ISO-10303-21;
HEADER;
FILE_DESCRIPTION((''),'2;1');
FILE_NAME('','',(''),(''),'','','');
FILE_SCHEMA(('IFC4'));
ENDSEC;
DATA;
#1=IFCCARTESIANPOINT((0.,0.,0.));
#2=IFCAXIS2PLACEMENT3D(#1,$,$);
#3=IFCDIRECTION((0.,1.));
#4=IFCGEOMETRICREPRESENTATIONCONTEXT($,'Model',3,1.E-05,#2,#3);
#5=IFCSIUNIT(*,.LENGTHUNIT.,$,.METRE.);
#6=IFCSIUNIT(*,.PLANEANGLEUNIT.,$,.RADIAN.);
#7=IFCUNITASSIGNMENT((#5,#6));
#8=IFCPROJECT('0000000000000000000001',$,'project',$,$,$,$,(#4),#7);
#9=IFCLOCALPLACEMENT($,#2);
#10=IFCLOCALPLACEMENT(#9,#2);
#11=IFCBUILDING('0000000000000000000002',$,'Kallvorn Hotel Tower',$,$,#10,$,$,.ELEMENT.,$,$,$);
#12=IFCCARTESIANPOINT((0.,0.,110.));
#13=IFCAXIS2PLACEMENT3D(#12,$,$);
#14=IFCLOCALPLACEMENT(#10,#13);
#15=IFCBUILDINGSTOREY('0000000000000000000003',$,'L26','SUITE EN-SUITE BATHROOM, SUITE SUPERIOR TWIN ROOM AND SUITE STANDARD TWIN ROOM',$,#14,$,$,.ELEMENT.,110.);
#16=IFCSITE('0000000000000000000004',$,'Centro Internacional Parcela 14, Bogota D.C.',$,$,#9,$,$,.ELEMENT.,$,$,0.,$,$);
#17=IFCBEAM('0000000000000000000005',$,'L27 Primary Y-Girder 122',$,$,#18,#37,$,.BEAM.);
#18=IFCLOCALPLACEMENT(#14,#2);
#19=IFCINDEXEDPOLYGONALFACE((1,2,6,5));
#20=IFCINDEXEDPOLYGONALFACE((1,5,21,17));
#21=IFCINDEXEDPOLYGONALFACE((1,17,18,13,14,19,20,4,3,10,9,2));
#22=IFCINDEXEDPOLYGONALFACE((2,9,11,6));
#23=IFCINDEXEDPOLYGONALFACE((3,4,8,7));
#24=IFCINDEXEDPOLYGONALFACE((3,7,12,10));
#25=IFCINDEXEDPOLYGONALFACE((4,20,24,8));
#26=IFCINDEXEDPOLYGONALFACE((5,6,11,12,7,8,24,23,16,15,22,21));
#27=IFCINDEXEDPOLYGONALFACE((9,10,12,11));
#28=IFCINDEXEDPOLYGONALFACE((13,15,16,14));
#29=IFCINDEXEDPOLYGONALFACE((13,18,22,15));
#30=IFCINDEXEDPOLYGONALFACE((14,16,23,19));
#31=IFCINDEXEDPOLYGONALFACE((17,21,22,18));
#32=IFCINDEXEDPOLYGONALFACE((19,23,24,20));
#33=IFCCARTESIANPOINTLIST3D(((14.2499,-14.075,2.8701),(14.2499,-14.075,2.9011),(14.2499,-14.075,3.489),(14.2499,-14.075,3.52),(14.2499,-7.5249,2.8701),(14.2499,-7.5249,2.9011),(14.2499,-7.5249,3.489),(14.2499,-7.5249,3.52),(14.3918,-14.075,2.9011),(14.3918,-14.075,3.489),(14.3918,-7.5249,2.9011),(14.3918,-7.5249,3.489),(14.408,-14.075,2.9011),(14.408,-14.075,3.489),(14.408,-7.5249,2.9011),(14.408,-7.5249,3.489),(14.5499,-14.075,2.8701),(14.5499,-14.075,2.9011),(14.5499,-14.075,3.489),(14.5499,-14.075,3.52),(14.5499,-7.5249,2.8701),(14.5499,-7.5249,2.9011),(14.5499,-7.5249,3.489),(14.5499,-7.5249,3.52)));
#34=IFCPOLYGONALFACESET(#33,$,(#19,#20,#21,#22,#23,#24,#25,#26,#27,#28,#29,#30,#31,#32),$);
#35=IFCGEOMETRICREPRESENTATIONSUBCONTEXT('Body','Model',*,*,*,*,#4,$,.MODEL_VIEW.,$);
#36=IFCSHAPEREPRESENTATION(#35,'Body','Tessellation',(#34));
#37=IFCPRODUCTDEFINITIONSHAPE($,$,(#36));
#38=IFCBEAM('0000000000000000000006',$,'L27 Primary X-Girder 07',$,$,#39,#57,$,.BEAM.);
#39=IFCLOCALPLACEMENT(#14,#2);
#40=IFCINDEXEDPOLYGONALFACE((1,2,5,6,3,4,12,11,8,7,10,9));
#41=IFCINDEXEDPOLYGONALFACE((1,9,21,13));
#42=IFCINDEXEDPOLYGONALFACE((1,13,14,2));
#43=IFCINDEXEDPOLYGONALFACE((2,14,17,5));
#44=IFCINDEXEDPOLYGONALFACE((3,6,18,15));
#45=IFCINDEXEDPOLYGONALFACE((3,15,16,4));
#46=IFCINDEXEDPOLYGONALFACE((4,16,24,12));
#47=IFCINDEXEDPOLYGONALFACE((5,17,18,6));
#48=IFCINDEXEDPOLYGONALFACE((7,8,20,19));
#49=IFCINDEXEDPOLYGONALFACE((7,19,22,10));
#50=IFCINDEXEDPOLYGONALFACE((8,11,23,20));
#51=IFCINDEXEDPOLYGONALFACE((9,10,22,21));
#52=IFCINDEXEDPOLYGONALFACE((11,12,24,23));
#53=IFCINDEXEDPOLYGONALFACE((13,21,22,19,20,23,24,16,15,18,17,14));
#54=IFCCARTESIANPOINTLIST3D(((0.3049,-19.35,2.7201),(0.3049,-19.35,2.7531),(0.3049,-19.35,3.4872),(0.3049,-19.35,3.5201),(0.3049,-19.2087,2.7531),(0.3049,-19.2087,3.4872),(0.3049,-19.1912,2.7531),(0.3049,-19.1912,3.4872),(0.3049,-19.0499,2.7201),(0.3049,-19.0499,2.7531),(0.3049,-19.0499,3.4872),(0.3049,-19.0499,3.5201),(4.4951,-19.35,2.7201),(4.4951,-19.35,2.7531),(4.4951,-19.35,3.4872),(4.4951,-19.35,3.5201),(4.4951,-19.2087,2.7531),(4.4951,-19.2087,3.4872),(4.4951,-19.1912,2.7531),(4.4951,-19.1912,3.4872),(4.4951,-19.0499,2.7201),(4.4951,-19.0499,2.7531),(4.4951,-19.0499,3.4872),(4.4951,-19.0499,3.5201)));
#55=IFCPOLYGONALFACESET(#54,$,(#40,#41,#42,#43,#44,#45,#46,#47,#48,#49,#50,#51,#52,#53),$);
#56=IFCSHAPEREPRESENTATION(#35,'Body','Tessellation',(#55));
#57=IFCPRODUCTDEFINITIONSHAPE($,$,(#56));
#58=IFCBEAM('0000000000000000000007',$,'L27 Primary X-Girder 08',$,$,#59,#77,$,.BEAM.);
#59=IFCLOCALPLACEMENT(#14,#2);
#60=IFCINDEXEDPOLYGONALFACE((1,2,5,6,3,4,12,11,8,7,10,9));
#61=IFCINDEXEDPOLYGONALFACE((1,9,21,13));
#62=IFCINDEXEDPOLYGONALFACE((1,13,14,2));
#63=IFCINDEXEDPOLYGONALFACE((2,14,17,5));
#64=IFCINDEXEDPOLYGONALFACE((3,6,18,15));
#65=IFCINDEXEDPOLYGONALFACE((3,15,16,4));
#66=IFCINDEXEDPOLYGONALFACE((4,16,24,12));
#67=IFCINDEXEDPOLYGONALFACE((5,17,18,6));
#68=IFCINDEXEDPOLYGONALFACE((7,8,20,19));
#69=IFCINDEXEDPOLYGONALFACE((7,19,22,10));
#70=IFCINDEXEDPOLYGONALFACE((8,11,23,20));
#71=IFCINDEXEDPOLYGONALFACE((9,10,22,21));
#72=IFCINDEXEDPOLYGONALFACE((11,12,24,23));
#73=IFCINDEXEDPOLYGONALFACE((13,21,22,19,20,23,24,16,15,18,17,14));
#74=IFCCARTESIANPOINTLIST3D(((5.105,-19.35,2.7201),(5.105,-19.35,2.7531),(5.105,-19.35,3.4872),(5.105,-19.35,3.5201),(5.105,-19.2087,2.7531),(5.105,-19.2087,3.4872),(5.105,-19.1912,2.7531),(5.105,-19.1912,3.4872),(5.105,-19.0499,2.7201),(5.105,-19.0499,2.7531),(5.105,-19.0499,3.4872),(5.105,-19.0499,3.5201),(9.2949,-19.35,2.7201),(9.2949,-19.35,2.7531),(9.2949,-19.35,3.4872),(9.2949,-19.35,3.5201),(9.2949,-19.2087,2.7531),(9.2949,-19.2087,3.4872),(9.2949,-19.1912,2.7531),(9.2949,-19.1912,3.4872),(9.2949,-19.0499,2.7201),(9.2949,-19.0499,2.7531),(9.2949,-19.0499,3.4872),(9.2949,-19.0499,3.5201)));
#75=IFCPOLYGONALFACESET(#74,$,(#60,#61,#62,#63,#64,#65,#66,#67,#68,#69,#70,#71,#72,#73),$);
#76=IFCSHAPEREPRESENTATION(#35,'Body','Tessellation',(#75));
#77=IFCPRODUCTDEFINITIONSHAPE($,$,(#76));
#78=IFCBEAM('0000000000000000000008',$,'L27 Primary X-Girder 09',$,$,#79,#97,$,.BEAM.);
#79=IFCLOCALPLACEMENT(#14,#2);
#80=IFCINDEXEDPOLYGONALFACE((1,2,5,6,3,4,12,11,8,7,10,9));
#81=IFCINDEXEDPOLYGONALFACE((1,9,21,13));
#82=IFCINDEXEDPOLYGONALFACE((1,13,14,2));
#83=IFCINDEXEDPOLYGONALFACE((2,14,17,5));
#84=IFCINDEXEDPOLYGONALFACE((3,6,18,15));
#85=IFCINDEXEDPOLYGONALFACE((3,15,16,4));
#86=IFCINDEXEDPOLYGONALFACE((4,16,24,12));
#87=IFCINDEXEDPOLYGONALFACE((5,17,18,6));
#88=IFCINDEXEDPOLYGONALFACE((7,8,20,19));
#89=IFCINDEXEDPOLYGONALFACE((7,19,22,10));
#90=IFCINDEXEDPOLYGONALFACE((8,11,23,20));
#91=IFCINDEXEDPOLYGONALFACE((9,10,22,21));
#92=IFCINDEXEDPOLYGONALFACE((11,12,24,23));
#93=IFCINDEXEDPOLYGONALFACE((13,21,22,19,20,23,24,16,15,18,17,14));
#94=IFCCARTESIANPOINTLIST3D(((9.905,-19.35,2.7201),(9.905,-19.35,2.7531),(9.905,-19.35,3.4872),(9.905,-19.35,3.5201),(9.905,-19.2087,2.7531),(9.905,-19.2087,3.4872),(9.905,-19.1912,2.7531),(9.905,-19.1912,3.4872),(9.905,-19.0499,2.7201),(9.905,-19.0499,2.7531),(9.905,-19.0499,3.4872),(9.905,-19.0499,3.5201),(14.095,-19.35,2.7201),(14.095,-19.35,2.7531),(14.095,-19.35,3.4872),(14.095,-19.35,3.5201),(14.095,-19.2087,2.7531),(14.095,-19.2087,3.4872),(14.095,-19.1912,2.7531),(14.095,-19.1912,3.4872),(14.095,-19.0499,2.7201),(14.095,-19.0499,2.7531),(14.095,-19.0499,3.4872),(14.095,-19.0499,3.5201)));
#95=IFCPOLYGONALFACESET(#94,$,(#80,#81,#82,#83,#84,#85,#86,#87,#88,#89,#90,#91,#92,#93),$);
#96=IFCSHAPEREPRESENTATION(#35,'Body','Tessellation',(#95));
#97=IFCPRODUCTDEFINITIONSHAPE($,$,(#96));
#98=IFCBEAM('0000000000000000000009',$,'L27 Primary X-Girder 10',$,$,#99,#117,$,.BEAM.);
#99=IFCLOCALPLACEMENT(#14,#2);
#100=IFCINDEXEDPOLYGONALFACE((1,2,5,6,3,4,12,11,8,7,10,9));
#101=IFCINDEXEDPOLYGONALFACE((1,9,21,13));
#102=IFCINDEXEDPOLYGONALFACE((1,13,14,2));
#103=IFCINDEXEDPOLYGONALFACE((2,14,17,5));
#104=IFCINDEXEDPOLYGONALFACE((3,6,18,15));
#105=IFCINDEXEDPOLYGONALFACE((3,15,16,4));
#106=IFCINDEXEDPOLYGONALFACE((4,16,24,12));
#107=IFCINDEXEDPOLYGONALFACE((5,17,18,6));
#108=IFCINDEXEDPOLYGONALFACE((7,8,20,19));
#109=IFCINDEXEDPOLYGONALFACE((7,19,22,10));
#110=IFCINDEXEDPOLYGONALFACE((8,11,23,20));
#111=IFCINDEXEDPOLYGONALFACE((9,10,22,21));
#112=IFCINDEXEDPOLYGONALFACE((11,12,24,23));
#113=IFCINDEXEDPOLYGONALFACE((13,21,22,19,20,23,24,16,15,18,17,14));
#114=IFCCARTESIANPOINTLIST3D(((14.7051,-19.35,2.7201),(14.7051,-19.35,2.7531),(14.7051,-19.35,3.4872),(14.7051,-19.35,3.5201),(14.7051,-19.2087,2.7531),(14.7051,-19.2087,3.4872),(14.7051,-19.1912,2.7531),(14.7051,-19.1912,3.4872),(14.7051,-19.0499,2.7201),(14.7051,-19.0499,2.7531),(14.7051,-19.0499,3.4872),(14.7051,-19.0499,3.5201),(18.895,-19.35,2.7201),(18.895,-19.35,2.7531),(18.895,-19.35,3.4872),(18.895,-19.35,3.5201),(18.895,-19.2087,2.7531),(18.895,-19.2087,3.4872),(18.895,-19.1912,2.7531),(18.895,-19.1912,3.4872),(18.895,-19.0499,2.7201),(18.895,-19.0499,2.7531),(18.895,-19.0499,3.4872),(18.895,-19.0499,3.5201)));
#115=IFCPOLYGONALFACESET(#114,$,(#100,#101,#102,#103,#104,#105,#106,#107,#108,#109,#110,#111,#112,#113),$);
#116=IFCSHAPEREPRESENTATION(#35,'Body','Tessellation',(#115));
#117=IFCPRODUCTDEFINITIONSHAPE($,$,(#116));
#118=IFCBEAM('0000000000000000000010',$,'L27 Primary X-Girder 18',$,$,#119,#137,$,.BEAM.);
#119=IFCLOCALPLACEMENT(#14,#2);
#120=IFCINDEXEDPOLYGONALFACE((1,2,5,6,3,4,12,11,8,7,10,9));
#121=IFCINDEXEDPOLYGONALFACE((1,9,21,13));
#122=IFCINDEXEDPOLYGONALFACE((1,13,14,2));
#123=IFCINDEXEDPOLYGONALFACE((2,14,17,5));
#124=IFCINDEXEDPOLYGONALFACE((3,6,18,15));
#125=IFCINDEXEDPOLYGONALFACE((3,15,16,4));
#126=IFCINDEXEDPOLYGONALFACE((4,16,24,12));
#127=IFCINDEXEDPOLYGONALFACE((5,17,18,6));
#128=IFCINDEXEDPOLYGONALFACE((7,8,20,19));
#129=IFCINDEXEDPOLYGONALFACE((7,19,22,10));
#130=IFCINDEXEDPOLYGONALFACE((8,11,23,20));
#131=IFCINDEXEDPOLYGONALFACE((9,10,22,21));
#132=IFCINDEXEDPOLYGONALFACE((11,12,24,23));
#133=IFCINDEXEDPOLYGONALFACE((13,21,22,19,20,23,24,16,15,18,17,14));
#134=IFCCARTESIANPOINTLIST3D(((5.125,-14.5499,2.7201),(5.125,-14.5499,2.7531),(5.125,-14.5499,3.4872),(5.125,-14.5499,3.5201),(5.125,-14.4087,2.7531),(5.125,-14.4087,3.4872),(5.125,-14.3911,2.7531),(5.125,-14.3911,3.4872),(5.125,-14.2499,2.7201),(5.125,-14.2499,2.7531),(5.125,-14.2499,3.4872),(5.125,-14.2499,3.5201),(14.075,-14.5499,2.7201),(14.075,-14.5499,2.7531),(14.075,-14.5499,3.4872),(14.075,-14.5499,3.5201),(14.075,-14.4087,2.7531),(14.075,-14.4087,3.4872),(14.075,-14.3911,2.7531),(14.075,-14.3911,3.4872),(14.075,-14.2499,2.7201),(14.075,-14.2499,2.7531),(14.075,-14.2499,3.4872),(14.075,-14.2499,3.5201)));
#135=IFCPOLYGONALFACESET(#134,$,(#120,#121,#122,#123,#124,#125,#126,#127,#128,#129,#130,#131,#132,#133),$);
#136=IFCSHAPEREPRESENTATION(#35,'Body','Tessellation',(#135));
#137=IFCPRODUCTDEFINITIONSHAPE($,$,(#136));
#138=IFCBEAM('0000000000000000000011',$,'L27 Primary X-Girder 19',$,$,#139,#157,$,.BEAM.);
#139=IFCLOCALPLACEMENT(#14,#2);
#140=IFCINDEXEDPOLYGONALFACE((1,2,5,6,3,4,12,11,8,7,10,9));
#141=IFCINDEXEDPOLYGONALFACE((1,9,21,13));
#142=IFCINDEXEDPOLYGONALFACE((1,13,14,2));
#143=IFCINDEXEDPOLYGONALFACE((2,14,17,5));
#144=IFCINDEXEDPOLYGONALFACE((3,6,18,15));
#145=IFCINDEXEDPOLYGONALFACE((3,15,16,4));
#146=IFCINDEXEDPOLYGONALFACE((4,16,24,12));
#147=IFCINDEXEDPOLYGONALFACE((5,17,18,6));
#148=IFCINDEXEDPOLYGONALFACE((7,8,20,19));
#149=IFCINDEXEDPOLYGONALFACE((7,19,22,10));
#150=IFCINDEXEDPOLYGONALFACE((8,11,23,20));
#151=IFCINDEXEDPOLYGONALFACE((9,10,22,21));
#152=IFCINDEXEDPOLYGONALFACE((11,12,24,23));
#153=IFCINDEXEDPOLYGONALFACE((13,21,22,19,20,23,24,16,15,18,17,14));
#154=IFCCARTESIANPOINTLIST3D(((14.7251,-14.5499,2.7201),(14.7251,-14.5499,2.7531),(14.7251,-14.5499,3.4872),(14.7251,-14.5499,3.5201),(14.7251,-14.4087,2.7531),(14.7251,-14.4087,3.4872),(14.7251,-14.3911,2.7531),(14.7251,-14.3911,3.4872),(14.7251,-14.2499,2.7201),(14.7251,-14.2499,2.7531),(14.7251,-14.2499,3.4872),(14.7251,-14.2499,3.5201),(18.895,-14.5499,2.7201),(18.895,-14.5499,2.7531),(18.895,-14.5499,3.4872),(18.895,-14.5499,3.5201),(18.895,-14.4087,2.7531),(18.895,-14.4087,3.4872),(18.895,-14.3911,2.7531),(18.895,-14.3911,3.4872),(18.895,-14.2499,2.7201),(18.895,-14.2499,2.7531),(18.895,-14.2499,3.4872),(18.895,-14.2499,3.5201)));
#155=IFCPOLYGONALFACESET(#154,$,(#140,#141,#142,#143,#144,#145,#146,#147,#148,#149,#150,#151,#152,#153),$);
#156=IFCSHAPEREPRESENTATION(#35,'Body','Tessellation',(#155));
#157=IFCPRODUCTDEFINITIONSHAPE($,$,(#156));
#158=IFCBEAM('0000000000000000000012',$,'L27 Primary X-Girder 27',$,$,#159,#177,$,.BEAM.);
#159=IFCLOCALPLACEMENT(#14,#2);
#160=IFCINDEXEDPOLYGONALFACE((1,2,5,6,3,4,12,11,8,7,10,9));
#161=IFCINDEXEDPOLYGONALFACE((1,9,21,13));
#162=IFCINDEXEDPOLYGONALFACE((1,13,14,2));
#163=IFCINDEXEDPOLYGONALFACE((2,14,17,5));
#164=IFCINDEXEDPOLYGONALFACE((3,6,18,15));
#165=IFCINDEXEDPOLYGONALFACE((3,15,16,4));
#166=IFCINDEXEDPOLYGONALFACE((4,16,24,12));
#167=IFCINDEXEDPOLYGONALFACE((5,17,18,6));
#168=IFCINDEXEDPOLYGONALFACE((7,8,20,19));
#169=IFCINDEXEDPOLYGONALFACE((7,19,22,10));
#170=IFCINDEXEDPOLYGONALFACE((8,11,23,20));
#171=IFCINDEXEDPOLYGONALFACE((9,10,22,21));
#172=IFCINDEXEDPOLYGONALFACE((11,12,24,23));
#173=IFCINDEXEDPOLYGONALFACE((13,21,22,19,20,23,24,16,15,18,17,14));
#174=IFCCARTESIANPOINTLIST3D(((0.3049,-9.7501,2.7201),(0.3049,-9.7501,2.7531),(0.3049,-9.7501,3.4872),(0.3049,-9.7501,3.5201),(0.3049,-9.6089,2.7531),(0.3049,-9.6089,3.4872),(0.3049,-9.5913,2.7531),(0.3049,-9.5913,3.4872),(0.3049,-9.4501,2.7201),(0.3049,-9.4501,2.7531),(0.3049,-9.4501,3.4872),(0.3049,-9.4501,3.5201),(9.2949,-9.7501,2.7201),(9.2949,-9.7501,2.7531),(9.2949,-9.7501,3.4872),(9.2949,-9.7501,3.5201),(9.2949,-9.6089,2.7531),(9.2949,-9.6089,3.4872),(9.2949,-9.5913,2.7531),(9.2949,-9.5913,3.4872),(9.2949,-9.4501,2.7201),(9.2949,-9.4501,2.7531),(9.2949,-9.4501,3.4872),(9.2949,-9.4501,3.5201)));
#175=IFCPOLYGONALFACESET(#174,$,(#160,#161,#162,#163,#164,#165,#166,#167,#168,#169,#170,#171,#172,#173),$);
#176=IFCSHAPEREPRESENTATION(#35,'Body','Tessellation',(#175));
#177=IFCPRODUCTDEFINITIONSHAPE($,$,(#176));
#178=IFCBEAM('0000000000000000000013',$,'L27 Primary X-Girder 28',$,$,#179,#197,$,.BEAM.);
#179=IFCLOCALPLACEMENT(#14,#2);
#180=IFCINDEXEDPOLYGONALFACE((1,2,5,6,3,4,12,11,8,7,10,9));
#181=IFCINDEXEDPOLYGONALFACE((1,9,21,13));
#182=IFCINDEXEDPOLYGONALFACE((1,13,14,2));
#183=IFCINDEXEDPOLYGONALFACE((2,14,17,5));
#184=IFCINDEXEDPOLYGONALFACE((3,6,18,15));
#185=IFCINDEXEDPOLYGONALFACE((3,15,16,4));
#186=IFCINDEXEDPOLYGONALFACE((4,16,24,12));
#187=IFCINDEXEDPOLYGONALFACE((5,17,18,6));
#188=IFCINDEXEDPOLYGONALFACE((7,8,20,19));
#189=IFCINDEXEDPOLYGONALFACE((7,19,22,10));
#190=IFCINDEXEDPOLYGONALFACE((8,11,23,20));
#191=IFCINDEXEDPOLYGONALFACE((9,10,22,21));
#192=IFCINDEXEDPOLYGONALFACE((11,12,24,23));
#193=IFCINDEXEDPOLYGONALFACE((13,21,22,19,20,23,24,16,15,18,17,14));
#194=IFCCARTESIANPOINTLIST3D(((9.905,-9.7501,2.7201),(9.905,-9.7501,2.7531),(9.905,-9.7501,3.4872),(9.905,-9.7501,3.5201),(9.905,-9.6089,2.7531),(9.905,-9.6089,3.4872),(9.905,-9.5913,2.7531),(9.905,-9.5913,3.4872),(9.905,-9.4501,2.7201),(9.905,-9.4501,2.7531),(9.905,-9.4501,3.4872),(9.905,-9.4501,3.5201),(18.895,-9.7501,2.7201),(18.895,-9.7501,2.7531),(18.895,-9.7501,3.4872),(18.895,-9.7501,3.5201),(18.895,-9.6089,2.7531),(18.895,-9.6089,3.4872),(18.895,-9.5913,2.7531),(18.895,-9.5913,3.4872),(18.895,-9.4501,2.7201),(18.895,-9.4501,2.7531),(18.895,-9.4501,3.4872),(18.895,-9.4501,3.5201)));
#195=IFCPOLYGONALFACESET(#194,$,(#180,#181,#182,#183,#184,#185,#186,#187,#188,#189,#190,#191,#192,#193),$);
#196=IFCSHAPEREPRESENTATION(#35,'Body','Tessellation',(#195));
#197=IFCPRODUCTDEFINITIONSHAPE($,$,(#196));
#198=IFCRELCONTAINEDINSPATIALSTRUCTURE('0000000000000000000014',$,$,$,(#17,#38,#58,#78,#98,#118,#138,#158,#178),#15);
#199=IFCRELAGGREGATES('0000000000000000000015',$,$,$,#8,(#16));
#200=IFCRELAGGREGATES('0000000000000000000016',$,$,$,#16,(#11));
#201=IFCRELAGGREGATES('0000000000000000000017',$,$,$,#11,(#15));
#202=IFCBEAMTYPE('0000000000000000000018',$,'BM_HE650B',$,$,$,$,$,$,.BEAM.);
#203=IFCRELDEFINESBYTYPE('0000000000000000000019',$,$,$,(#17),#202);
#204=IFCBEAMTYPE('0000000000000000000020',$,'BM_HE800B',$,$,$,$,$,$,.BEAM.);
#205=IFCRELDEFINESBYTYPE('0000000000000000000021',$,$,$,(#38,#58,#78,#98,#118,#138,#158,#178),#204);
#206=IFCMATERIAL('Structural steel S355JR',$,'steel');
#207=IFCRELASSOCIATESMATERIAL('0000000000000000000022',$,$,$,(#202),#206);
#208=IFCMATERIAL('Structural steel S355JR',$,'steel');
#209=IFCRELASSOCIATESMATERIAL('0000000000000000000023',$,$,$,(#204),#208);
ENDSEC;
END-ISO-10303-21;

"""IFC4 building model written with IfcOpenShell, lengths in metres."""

from ifc_helpers import new_model, si_unit, direction, frame, origin, origin_2d, place, context, subcontext, project, spatial, i_section, extrude, material, material_profile, profile_set, type_object, element, save


model = new_model("IFC4")

# Units and contexts
model_context = context("Model", 3, precision=1e-05, world=origin(), true_north=direction((0.0, 1.0)))
body_context = subcontext(model_context, "Body", "Model", "MODEL_VIEW")
ifc_project = project(units=[si_unit("LENGTHUNIT", "METRE"), si_unit("PLANEANGLEUNIT", "RADIAN")], contexts=[model_context])

# Site, building, storey
site_placement = place(None, origin())
site = spatial("IfcSite", under=ifc_project, at=site_placement, Name="Centro Internacional Parcela 14, Bogota D.C.", CompositionType="ELEMENT", RefElevation=0.0)
building_placement = place(site_placement, origin())
building = spatial("IfcBuilding", under=site, at=building_placement, Name="Kallvorn Hotel Tower", CompositionType="ELEMENT")
storey_placement = place(building_placement, frame((0.0, 0.0, 110.0)))
storey = spatial("IfcBuildingStorey", under=building, at=storey_placement, Name="L26", Description="SUITE EN-SUITE BATHROOM, SUITE SUPERIOR TWIN ROOM AND SUITE STANDARD TWIN ROOM", CompositionType="ELEMENT", Elevation=110.0)

# Beams
ifc_material_1 = material(Name="Structural steel S355JR", Category="steel")
ifc_material_profile_1 = material_profile(ifc_material_1, i_section(OverallWidth=0.3, OverallDepth=0.6499, WebThickness=0.0161, FlangeThickness=0.031, at=origin_2d()), Name="HE 650 B")
ifc_profile_set_1 = profile_set([ifc_material_profile_1], Name="Structural steel S355JR")
beam_type_1 = type_object("IfcBeamType", Name="BM_HE650B", PredefinedType="BEAM", material=ifc_profile_set_1)
beam_1_placement = place(storey_placement, frame((14.3999, -14.075, 3.1951), z_axis=(0.0, 1.0, 0.0), x_axis=(-1.0, 0.0, 0.0)))
element("IfcBeam", 1, at=beam_1_placement, inside=storey, type_object=beam_type_1, Name="L27 Primary Y-Girder 122", PredefinedType="BEAM", context=body_context, shape_type="SweptSolid", body=[
    extrude(i_section(OverallWidth=0.3, OverallDepth=0.6499, WebThickness=0.0161, FlangeThickness=0.031, at=origin_2d()), origin(), (0.0, 0.0, 1.0), 6.55),
])
ifc_material_2 = material(Name="Structural steel S355JR", Category="steel")
ifc_material_profile_2 = material_profile(ifc_material_2, i_section(OverallWidth=0.3, OverallDepth=0.8, WebThickness=0.0176, FlangeThickness=0.033, at=origin_2d()), Name="HE 800 B")
ifc_profile_set_2 = profile_set([ifc_material_profile_2], Name="Structural steel S355JR")
beam_type_2 = type_object("IfcBeamType", Name="BM_HE800B", PredefinedType="BEAM", material=ifc_profile_set_2)
beam_2_placement = place(storey_placement, frame((0.3049, -19.2, 3.1201), z_axis=(1.0, 0.0, 0.0), x_axis=(0.0, 1.0, 0.0)))
element("IfcBeam", 2, at=beam_2_placement, inside=storey, type_object=beam_type_2, Name="L27 Primary X-Girder 07", PredefinedType="BEAM", context=body_context, shape_type="SweptSolid", body=[
    extrude(i_section(OverallWidth=0.3, OverallDepth=0.8, WebThickness=0.0176, FlangeThickness=0.033, at=origin_2d()), origin(), (0.0, 0.0, 1.0), 4.1902),
])
for number, where, z_axis, x_axis, name in (
    (3, (5.105, -19.2, 3.1201), (1.0, 0.0, 0.0), (0.0, 1.0, 0.0), "L27 Primary X-Girder 08"),
    (4, (9.905, -19.2, 3.1201), (1.0, 0.0, 0.0), (0.0, 1.0, 0.0), "L27 Primary X-Girder 09"),
    (5, (14.7051, -19.2, 3.1201), (1.0, 0.0, 0.0), (0.0, 1.0, 0.0), "L27 Primary X-Girder 10"),
):
    element("IfcBeam", number, at=place(storey_placement, frame(where, z_axis=z_axis, x_axis=x_axis)), inside=storey, type_object=beam_type_2, Name=name, PredefinedType="BEAM", context=body_context, shape_type="SweptSolid", body=[
        extrude(i_section(OverallWidth=0.3, OverallDepth=0.8, WebThickness=0.0176, FlangeThickness=0.033, at=origin_2d()), origin(), (0.0, 0.0, 1.0), 4.1899),
    ])
beam_3_placement = place(storey_placement, frame((5.125, -14.3999, 3.1201), z_axis=(1.0, 0.0, 0.0), x_axis=(0.0, 1.0, 0.0)))
element("IfcBeam", 6, at=beam_3_placement, inside=storey, type_object=beam_type_2, Name="L27 Primary X-Girder 18", PredefinedType="BEAM", context=body_context, shape_type="SweptSolid", body=[
    extrude(i_section(OverallWidth=0.3, OverallDepth=0.8, WebThickness=0.0176, FlangeThickness=0.033, at=origin_2d()), origin(), (0.0, 0.0, 1.0), 8.95),
])
beam_4_placement = place(storey_placement, frame((14.7251, -14.3999, 3.1201), z_axis=(1.0, 0.0, 0.0), x_axis=(0.0, 1.0, 0.0)))
element("IfcBeam", 7, at=beam_4_placement, inside=storey, type_object=beam_type_2, Name="L27 Primary X-Girder 19", PredefinedType="BEAM", context=body_context, shape_type="SweptSolid", body=[
    extrude(i_section(OverallWidth=0.3, OverallDepth=0.8, WebThickness=0.0176, FlangeThickness=0.033, at=origin_2d()), origin(), (0.0, 0.0, 1.0), 4.1699),
])
for number, where, z_axis, x_axis, name in (
    (8, (0.3049, -9.6001, 3.1201), (1.0, 0.0, 0.0), (0.0, 1.0, 0.0), "L27 Primary X-Girder 27"),
    (9, (9.905, -9.6001, 3.1201), (1.0, 0.0, 0.0), (0.0, 1.0, 0.0), "L27 Primary X-Girder 28"),
):
    element("IfcBeam", number, at=place(storey_placement, frame(where, z_axis=z_axis, x_axis=x_axis)), inside=storey, type_object=beam_type_2, Name=name, PredefinedType="BEAM", context=body_context, shape_type="SweptSolid", body=[
        extrude(i_section(OverallWidth=0.3, OverallDepth=0.8, WebThickness=0.0176, FlangeThickness=0.033, at=origin_2d()), origin(), (0.0, 0.0, 1.0), 8.99),
    ])

save(model, "model.ifc")
